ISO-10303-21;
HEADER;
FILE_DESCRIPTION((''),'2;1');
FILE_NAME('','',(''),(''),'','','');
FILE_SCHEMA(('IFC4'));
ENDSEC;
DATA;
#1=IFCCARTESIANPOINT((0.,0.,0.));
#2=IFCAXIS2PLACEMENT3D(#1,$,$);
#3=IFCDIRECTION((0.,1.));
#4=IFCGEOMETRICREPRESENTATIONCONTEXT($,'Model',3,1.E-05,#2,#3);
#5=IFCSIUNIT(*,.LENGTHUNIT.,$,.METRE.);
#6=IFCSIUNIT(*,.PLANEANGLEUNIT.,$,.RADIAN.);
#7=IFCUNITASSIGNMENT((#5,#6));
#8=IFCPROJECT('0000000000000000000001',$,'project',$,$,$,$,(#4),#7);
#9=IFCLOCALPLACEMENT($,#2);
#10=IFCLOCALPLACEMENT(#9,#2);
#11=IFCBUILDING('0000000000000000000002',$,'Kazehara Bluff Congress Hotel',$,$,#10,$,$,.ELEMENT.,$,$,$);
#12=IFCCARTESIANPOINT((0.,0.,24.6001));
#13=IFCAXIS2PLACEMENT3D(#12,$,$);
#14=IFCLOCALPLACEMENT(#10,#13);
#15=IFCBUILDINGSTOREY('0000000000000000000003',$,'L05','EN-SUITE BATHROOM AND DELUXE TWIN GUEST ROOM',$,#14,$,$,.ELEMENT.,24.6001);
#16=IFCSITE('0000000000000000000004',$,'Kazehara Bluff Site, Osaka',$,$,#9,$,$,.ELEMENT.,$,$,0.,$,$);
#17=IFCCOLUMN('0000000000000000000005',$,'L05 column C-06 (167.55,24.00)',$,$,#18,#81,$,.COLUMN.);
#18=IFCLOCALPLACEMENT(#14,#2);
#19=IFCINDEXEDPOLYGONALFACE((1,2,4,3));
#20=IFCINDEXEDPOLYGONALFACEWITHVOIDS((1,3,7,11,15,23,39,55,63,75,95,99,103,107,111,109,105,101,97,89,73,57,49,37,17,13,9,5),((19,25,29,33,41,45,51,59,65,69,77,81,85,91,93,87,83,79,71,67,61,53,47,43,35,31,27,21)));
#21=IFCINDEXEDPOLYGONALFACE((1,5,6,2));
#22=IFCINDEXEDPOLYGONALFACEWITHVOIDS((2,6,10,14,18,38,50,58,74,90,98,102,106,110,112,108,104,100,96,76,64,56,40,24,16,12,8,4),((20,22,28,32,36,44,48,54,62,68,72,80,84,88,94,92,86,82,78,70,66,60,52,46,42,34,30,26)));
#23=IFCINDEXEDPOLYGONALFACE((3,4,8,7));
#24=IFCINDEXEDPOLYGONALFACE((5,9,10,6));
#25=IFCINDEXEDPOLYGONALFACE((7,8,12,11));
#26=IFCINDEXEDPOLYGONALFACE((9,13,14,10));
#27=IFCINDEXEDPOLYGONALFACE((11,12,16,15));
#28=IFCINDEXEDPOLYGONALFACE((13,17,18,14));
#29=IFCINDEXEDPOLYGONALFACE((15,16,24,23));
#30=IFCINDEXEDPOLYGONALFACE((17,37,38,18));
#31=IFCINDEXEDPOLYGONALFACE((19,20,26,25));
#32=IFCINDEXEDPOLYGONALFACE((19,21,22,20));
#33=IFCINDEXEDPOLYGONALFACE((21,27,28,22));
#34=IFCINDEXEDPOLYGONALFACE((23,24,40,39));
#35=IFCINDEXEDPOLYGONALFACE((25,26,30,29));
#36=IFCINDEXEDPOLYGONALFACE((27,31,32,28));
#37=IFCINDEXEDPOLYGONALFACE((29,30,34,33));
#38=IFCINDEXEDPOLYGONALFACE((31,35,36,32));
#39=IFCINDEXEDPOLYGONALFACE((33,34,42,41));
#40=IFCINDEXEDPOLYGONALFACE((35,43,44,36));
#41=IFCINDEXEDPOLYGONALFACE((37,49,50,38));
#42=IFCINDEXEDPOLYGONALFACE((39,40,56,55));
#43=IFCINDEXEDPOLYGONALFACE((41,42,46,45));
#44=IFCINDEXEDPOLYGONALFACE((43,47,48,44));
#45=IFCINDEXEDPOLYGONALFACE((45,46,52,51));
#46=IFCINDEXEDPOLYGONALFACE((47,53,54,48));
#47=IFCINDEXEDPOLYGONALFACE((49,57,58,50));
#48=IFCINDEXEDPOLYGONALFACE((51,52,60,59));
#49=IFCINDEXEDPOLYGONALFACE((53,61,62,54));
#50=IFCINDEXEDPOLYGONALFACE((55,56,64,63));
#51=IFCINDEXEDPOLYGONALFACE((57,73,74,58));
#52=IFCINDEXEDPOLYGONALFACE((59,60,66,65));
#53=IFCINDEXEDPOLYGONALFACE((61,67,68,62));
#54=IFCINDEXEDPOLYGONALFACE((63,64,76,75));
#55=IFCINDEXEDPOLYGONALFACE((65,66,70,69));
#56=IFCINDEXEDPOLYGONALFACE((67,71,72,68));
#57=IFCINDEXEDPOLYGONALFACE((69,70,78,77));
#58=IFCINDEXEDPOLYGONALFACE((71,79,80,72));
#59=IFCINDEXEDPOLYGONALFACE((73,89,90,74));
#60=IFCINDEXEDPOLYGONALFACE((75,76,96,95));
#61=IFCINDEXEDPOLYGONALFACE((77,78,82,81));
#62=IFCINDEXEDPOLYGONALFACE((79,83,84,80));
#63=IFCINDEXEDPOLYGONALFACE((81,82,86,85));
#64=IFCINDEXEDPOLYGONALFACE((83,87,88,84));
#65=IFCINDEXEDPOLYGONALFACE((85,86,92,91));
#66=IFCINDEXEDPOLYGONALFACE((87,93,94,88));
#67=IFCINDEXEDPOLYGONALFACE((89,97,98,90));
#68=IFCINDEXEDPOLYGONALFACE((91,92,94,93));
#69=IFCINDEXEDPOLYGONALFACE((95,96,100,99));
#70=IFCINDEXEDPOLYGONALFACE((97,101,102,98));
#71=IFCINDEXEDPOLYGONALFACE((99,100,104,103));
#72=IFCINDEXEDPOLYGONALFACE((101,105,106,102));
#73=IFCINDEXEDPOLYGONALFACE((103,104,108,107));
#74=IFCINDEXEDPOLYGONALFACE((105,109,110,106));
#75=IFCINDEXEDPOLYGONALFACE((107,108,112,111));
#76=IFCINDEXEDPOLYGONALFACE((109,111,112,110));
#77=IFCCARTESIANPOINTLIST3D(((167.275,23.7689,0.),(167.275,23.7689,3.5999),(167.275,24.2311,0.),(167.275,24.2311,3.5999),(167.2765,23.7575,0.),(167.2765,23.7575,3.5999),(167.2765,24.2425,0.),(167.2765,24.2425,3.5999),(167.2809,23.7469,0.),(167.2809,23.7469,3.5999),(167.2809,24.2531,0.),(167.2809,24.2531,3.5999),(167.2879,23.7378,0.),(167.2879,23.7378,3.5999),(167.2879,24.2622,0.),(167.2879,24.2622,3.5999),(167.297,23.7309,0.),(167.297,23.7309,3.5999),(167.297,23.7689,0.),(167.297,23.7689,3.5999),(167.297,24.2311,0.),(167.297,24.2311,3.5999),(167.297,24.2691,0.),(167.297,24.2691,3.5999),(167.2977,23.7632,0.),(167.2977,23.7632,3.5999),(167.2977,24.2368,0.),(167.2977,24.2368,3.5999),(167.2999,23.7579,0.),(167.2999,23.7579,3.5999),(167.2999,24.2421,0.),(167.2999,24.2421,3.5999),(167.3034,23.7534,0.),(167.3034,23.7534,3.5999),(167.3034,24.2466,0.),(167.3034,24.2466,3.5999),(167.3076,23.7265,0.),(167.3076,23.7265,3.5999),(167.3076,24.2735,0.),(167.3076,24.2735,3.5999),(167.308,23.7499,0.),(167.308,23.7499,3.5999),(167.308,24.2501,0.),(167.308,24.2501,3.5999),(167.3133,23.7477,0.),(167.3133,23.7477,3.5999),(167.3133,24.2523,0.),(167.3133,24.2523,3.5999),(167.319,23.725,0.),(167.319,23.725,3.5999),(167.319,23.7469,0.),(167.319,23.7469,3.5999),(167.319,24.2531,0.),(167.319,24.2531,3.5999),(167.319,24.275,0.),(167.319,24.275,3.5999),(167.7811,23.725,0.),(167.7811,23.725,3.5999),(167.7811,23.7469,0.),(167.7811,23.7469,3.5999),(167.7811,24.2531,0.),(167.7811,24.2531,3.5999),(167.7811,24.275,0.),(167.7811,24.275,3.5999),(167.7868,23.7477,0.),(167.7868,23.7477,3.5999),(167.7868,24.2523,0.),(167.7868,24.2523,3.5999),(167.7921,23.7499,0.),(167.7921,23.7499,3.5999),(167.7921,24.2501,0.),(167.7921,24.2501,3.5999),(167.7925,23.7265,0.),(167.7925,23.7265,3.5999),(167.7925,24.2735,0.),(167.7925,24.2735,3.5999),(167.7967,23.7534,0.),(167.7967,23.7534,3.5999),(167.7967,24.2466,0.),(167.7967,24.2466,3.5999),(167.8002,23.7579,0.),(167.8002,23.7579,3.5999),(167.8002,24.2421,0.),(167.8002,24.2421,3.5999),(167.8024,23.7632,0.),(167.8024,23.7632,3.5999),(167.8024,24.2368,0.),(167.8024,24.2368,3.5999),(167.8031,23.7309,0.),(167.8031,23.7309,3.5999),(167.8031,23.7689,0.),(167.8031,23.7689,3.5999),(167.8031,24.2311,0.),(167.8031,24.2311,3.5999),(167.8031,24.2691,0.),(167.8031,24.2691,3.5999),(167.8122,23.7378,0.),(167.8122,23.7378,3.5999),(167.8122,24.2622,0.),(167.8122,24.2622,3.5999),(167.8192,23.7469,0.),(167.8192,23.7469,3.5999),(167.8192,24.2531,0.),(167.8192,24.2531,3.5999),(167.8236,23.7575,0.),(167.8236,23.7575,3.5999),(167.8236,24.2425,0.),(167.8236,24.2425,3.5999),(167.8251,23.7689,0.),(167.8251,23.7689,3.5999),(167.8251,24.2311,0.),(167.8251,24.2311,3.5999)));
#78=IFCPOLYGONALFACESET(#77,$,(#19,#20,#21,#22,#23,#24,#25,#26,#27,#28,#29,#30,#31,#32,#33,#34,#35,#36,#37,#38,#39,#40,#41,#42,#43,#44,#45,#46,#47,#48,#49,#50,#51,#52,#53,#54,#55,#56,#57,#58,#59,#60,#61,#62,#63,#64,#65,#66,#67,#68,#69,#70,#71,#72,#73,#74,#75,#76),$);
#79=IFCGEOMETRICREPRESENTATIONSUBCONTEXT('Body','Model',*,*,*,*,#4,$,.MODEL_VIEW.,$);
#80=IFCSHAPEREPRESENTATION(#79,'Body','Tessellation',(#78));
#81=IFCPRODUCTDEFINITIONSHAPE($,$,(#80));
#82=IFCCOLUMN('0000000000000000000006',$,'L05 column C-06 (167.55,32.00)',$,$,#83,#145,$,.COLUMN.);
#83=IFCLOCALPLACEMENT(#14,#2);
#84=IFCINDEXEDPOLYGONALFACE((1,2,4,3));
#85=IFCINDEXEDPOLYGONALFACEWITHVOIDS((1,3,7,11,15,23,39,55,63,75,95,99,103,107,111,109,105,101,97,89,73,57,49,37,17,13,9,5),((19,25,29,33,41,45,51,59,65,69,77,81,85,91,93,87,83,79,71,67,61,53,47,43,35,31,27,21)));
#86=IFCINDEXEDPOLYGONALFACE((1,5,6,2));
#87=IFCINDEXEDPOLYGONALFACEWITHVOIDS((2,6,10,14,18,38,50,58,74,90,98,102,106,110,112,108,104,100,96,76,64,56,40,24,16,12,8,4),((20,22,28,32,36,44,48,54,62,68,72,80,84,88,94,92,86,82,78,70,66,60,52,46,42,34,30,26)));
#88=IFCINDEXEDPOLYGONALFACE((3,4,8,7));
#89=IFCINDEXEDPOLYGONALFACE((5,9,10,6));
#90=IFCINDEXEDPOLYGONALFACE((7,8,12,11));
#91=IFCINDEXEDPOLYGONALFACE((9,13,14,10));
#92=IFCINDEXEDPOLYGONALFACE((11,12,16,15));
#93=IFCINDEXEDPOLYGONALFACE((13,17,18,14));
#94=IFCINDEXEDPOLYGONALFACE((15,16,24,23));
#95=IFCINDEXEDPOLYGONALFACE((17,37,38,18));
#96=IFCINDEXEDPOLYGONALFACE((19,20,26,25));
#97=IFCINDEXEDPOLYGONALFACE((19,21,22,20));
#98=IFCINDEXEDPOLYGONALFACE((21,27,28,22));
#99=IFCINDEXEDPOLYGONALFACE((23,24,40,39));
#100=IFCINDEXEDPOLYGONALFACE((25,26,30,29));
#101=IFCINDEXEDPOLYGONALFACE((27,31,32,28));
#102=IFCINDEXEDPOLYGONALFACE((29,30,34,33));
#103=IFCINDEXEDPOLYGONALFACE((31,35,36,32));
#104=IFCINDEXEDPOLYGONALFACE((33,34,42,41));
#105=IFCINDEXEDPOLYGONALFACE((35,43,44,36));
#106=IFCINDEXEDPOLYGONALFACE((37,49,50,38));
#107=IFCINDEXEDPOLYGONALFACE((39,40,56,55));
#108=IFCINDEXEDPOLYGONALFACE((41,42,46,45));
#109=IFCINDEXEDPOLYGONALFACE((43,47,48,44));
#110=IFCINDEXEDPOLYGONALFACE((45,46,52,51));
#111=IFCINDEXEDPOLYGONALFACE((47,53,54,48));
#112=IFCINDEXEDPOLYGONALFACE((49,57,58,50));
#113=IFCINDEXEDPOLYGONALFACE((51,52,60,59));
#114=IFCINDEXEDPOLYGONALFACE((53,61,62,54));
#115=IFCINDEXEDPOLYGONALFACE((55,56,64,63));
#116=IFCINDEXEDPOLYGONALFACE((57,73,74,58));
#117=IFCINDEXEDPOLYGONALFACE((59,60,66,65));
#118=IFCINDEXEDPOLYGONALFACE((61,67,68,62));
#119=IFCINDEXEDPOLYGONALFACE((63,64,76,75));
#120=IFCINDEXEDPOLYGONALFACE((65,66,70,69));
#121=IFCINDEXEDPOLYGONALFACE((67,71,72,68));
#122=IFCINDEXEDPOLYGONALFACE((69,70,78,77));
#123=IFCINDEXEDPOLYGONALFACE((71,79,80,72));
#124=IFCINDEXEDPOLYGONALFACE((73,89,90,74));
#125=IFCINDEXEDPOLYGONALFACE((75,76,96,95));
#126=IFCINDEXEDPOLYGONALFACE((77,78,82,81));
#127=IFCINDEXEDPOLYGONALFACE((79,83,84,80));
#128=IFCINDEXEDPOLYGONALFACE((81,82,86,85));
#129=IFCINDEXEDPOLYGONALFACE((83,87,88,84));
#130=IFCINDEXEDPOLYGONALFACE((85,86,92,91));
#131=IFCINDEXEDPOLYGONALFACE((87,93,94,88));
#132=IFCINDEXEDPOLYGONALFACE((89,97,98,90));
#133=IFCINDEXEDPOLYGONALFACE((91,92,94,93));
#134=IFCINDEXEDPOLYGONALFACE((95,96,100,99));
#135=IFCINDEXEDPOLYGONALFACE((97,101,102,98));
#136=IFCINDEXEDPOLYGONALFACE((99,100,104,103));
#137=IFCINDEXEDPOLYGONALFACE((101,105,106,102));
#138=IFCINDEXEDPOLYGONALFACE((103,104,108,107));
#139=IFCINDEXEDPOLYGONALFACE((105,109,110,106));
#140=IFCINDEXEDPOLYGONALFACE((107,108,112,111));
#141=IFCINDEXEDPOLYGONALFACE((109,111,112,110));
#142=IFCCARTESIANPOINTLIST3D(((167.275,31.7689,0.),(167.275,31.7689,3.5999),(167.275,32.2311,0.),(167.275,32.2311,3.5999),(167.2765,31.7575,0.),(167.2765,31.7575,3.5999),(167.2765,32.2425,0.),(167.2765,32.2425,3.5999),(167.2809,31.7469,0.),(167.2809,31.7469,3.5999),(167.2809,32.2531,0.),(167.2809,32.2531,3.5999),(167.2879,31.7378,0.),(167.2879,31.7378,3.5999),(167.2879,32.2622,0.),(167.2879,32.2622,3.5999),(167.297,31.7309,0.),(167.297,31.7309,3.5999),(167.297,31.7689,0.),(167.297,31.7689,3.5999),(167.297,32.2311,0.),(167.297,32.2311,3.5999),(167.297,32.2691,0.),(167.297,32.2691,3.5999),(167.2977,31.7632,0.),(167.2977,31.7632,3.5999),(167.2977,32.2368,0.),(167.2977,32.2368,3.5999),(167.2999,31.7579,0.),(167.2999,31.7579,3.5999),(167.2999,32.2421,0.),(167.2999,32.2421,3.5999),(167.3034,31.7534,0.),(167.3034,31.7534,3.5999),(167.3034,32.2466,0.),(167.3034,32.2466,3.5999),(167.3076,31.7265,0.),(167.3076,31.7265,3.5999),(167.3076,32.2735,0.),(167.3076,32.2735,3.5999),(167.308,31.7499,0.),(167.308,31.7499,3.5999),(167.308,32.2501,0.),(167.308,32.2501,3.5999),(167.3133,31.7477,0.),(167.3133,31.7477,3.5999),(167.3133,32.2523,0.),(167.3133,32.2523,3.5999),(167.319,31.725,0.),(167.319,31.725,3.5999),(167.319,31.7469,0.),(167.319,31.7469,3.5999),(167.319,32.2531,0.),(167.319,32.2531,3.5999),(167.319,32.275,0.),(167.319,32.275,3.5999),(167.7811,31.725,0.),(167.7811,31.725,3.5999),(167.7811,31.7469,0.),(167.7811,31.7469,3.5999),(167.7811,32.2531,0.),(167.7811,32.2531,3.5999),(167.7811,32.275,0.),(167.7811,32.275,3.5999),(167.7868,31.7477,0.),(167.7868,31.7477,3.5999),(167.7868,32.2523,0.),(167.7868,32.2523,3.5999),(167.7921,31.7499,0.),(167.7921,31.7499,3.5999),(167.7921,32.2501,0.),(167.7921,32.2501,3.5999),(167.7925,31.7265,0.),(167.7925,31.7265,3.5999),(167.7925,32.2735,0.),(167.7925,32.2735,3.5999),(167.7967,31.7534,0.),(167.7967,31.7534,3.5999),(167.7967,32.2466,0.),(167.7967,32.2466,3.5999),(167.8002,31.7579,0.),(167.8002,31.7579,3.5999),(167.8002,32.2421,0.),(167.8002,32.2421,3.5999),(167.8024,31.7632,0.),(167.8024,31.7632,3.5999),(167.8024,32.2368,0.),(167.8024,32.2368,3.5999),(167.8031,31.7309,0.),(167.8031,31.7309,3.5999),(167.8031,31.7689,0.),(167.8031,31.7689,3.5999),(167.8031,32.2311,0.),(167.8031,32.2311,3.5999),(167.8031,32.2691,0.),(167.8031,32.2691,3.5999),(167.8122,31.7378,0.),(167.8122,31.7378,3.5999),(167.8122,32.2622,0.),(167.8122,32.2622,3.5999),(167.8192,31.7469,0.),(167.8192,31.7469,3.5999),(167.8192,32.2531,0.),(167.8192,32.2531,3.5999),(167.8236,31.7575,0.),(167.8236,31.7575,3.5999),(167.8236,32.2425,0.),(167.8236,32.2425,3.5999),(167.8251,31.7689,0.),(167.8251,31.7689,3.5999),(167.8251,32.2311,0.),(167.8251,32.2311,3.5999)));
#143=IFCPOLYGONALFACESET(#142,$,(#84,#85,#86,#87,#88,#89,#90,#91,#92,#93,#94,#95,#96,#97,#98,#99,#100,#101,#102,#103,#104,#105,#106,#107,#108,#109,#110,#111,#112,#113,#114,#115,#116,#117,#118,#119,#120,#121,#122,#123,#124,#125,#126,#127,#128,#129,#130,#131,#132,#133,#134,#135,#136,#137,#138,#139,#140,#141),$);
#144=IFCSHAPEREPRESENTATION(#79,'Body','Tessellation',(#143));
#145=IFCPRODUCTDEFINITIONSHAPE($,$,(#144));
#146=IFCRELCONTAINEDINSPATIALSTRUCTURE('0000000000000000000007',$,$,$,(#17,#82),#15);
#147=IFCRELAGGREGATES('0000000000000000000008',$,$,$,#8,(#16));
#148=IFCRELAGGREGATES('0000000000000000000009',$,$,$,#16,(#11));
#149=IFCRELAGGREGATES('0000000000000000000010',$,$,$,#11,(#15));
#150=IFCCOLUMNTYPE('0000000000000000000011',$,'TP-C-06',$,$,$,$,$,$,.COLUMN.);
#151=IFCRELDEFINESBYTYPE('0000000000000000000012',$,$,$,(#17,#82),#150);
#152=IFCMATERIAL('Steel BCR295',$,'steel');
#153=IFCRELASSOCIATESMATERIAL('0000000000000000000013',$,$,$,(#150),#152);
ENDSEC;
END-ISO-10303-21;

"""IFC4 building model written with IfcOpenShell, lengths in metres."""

from ifc_helpers import new_model, si_unit, direction, frame, origin, origin_2d, place, context, subcontext, project, spatial, hollow_rectangle, extrude, material, material_profile, profile_set, type_object, element, save


model = new_model("IFC4")

# Units and contexts
model_context = context("Model", 3, precision=1e-05, world=origin(), true_north=direction((0.0, 1.0)))
body_context = subcontext(model_context, "Body", "Model", "MODEL_VIEW")
ifc_project = project(units=[si_unit("LENGTHUNIT", "METRE"), si_unit("PLANEANGLEUNIT", "RADIAN")], contexts=[model_context])

# Site, building, storey
site_placement = place(None, origin())
site = spatial("IfcSite", under=ifc_project, at=site_placement, Name="Kazehara Bluff Site, Osaka", CompositionType="ELEMENT", RefElevation=0.0)
building_placement = place(site_placement, origin())
building = spatial("IfcBuilding", under=site, at=building_placement, Name="Kazehara Bluff Congress Hotel", CompositionType="ELEMENT")
storey_placement = place(building_placement, frame((0.0, 0.0, 24.6001)))
storey = spatial("IfcBuildingStorey", under=building, at=storey_placement, Name="L05", Description="EN-SUITE BATHROOM AND DELUXE TWIN GUEST ROOM", CompositionType="ELEMENT", Elevation=24.6001)

# Columns
ifc_material_1 = material(Name="Steel BCR295", Category="steel")
ifc_material_profile_1 = material_profile(ifc_material_1, hollow_rectangle(XDim=0.55, YDim=0.55, WallThickness=0.022, InnerFilletRadius=0.022, OuterFilletRadius=0.0439, at=origin_2d()))
ifc_profile_set_1 = profile_set([ifc_material_profile_1], Name="Steel BCR295")
column_type = type_object("IfcColumnType", Name="TP-C-06", PredefinedType="COLUMN", material=ifc_profile_set_1)
for number, where, z_axis, x_axis, name in (
    (1, (167.55, 24.0, 0.0), (0.0, 0.0, 1.0), (1.0, 0.0, 0.0), "L05 column C-06 (167.55,24.00)"),
    (2, (167.55, 32.0, 0.0), (0.0, 0.0, 1.0), (1.0, 0.0, 0.0), "L05 column C-06 (167.55,32.00)"),
):
    element("IfcColumn", number, at=place(storey_placement, frame(where, z_axis=z_axis, x_axis=x_axis)), inside=storey, type_object=column_type, Name=name, PredefinedType="COLUMN", context=body_context, shape_type="SweptSolid", body=[
        extrude(hollow_rectangle(XDim=0.55, YDim=0.55, WallThickness=0.022, InnerFilletRadius=0.022, OuterFilletRadius=0.0439, at=origin_2d()), origin(), (0.0, 0.0, 1.0), 3.5999),
    ])

save(model, "model.ifc")
